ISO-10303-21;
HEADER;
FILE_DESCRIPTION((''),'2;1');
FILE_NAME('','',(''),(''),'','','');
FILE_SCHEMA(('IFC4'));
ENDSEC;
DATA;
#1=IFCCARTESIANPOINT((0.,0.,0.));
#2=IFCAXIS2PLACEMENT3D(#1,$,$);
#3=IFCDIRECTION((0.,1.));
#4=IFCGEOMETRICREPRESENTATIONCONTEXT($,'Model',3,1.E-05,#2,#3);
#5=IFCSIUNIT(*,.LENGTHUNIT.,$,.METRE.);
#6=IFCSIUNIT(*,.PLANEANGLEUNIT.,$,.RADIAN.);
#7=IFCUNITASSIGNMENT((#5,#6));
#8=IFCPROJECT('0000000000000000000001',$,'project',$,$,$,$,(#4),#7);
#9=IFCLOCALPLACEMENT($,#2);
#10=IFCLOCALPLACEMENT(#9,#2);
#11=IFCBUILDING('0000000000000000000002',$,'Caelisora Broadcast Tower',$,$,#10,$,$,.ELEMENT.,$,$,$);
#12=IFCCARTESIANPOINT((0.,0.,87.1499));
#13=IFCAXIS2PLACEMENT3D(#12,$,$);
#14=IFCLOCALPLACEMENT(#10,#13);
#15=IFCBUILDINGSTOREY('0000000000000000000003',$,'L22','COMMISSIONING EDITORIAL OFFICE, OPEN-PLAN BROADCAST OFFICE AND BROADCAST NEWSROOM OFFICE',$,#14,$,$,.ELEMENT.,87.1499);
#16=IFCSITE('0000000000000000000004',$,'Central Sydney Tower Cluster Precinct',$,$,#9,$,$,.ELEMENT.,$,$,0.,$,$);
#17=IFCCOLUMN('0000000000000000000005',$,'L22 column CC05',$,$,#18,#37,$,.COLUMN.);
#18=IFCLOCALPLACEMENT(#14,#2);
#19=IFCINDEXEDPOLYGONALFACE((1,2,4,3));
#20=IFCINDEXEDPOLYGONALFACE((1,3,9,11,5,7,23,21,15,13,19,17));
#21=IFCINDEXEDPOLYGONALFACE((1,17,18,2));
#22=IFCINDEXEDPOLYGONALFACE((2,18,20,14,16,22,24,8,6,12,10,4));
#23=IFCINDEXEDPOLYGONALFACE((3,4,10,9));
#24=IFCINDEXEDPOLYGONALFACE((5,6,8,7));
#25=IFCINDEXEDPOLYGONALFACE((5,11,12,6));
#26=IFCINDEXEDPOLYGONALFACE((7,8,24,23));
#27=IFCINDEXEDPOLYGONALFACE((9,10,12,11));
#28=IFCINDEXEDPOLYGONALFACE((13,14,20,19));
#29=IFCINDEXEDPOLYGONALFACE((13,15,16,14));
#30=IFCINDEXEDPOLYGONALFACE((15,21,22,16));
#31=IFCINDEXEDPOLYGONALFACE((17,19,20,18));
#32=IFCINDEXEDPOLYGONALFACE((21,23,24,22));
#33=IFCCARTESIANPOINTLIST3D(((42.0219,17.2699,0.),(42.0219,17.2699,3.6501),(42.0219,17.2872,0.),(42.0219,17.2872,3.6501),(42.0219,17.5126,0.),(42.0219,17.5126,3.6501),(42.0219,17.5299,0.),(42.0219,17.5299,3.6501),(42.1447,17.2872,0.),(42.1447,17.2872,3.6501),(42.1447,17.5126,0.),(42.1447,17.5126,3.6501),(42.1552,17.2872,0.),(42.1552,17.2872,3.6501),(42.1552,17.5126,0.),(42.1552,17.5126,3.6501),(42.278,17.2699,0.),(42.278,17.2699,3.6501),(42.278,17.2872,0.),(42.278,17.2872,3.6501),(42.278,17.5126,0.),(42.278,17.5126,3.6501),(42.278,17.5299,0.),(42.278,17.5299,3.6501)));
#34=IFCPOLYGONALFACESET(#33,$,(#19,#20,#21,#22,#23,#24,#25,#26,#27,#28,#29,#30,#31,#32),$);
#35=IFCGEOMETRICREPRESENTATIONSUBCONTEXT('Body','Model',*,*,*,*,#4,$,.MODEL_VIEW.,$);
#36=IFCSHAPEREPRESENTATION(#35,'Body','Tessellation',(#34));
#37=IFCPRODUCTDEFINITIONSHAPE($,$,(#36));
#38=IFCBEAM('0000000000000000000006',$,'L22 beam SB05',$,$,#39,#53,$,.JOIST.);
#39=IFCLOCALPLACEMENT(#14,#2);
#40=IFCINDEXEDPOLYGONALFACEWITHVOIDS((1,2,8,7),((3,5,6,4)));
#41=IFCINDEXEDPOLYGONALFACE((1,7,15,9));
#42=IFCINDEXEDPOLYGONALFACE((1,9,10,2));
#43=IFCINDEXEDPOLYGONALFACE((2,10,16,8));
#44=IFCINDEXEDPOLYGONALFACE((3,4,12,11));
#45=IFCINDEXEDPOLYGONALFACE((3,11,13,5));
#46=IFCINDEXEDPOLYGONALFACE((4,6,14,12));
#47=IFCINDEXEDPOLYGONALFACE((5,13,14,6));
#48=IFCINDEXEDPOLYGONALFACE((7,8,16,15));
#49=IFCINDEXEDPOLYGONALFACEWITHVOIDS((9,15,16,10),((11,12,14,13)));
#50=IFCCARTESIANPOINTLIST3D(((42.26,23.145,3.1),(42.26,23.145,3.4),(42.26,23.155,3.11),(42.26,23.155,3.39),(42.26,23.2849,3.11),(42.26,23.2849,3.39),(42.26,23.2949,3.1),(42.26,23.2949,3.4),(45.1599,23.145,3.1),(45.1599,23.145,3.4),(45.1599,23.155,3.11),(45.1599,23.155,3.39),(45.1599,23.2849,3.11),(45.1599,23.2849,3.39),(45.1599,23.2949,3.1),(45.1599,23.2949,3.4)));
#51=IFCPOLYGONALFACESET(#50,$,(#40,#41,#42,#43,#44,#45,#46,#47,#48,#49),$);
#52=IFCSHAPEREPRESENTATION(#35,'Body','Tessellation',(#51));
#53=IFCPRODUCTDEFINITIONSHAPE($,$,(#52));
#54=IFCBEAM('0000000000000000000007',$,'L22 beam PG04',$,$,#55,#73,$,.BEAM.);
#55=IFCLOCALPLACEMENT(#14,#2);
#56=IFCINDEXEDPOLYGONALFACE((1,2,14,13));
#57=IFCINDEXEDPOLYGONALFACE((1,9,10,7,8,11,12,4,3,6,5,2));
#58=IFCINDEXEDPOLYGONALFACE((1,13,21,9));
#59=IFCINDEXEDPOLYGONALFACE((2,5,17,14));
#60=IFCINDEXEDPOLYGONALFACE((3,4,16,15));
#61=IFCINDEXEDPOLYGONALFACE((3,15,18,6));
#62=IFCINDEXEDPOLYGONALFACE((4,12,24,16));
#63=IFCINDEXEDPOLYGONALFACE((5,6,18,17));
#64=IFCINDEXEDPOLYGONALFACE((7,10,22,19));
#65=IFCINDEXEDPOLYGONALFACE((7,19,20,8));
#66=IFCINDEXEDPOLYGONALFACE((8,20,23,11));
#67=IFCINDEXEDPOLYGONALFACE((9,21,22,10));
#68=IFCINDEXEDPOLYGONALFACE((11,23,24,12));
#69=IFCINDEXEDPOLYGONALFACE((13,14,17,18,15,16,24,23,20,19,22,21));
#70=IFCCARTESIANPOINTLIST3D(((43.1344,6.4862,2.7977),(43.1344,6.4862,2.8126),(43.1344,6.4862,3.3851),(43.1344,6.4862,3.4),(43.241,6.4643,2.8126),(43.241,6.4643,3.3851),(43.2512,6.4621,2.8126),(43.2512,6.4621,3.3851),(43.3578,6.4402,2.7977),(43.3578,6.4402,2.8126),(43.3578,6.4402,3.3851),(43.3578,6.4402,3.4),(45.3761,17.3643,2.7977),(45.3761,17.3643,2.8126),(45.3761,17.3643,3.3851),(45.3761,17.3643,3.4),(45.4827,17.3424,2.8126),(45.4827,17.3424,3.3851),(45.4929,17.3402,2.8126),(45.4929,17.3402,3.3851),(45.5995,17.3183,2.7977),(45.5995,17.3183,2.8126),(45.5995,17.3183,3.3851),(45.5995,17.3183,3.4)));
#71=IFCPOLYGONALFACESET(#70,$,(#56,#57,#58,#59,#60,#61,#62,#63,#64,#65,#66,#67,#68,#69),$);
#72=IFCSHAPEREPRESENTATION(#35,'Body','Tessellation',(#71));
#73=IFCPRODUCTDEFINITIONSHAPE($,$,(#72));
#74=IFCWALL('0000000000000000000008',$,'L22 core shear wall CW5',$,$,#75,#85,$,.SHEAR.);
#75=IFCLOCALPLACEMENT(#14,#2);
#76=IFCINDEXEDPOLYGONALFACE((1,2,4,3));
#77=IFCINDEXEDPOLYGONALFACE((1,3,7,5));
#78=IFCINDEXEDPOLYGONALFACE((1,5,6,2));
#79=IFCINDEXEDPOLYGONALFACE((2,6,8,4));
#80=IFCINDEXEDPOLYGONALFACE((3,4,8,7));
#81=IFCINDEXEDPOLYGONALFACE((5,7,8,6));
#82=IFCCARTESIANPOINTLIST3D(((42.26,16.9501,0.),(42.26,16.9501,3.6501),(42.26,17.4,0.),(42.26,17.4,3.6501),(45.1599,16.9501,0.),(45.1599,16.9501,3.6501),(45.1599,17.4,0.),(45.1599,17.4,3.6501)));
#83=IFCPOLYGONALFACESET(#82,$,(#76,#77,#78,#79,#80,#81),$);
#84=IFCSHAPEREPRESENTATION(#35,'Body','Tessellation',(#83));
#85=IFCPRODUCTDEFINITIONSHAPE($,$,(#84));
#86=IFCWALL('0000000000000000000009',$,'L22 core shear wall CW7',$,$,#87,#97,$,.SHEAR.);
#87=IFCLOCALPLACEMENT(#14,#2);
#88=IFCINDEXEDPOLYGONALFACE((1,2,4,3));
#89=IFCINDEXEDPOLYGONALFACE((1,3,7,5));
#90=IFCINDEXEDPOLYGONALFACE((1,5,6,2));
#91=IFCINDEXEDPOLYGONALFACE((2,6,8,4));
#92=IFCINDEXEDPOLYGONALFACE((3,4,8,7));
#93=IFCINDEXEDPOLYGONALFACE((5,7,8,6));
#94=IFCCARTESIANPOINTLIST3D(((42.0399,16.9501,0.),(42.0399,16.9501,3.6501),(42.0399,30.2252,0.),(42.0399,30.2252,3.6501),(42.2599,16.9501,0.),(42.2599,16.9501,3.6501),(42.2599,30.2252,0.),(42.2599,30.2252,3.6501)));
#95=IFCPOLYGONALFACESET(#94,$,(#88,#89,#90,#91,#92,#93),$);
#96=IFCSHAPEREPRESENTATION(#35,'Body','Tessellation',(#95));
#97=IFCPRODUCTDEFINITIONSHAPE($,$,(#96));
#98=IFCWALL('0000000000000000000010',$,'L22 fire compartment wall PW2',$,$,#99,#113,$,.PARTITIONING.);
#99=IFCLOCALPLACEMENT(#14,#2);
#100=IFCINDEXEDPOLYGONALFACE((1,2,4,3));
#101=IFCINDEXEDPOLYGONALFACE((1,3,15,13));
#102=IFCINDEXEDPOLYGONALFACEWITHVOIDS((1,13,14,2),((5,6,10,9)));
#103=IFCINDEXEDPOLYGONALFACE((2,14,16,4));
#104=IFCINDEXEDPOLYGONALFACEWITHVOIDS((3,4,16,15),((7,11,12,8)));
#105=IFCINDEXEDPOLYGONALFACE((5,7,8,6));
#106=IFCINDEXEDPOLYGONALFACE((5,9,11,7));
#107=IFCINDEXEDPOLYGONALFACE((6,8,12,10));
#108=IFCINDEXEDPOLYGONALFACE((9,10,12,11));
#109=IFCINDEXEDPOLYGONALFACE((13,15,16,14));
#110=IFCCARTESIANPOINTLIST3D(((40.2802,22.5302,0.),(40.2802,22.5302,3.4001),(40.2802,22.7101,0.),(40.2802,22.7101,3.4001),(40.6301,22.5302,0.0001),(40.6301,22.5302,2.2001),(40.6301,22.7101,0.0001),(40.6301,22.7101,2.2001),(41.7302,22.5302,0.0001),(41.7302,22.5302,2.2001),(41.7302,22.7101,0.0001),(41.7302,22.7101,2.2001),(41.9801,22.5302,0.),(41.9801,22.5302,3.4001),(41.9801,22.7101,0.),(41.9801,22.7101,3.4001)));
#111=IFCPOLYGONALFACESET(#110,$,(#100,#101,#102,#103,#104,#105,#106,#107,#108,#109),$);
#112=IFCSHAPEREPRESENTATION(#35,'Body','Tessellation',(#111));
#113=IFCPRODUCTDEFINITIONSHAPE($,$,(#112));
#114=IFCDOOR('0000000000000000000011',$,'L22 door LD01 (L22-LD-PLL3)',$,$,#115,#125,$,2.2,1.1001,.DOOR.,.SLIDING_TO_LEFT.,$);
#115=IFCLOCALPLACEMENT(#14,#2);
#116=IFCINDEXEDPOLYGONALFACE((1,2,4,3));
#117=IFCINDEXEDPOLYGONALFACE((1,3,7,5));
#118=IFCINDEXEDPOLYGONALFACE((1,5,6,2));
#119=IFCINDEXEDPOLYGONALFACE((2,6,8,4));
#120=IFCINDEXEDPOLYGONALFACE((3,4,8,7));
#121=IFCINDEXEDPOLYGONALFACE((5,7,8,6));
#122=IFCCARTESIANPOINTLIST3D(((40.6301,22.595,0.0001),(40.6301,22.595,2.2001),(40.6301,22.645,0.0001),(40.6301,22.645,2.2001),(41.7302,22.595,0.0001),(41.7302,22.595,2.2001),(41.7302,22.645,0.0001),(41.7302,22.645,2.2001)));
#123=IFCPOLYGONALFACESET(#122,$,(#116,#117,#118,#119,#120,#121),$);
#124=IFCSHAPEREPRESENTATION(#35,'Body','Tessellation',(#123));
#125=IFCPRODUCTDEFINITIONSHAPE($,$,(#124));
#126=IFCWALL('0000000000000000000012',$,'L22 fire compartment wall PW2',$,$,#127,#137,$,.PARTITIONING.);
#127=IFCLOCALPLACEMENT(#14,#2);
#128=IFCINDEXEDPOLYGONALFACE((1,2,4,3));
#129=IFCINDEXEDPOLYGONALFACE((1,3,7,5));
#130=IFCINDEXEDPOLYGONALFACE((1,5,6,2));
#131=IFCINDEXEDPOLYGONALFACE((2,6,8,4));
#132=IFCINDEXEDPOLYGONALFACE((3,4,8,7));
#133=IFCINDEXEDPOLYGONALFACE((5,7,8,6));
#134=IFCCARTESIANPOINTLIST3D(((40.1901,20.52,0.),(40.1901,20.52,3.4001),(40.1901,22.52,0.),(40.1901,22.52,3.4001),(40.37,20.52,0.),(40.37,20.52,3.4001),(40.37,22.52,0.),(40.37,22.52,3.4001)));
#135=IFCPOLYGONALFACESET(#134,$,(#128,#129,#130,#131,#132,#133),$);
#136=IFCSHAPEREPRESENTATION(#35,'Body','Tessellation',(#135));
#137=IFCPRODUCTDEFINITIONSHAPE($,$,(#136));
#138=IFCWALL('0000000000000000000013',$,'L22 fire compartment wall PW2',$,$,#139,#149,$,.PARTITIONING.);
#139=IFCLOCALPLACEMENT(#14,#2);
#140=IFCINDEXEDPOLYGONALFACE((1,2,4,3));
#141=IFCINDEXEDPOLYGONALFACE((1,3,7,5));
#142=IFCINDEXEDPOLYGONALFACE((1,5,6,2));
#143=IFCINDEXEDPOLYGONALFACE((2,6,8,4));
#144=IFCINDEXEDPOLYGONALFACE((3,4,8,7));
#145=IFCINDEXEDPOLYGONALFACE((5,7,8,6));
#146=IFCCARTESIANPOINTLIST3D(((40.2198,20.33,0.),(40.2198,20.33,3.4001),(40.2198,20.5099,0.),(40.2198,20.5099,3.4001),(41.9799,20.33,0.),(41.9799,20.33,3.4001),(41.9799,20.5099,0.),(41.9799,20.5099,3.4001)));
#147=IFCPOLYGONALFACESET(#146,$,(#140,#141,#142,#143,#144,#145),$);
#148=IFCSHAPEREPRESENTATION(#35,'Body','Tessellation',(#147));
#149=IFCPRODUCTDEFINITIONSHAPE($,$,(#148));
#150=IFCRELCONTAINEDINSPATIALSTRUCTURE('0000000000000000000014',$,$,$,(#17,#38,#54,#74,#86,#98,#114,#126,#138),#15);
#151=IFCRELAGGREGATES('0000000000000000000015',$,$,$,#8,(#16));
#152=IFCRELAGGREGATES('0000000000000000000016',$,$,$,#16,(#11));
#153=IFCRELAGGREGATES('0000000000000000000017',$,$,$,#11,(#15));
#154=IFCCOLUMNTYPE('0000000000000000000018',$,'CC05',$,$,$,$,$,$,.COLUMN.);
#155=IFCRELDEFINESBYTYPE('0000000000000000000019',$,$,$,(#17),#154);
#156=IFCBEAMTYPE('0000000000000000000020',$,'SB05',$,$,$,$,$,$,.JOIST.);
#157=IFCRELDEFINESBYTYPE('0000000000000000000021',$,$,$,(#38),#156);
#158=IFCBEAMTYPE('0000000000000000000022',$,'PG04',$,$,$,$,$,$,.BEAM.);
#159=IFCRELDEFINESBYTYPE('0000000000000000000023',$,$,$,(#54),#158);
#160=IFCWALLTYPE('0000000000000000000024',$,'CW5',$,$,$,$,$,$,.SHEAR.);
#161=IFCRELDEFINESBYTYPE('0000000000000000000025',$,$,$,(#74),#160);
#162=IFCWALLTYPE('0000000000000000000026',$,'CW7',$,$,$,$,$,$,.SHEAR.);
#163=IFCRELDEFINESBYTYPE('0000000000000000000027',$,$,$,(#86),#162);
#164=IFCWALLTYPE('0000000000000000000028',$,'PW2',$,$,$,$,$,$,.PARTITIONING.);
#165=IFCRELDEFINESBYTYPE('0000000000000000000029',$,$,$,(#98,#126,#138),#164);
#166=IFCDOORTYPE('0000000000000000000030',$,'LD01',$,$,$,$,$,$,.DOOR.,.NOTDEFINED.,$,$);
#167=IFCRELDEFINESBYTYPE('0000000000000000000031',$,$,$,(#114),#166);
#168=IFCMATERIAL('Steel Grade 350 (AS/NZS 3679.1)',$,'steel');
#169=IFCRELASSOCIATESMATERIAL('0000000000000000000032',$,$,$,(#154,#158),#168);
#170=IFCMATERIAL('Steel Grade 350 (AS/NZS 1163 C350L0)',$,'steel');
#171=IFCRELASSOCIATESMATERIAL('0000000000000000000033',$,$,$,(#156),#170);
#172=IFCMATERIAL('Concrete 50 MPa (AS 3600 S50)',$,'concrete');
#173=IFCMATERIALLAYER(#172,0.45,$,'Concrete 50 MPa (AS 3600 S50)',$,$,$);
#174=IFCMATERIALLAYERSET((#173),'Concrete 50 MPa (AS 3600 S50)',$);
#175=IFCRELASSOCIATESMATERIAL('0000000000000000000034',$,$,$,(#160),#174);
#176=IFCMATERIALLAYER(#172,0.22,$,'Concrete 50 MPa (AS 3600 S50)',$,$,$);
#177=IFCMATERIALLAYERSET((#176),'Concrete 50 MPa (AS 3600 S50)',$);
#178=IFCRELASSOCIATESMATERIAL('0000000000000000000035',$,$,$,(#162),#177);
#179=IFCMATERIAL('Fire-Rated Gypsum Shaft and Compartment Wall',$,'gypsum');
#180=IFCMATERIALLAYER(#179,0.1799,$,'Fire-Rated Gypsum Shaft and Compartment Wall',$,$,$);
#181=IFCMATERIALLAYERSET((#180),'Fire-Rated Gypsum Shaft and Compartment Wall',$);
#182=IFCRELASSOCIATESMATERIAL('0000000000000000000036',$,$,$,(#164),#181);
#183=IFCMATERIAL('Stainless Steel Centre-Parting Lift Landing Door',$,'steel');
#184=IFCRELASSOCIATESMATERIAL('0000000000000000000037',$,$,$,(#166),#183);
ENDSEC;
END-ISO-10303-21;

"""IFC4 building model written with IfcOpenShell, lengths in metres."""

from ifc_helpers import new_model, si_unit, direction, frame, frame_2d, origin, origin_2d, place, context, subcontext, project, spatial, rectangle, hollow_rectangle, i_section, extrude, source, transform, mapped, material, layer, layer_set, material_profile, profile_set, type_object, type_shapes, element, fill, save


model = new_model("IFC4")

# Units and contexts
model_context = context("Model", 3, precision=1e-05, world=origin(), true_north=direction((0.0, 1.0)))
body_context = subcontext(model_context, "Body", "Model", "MODEL_VIEW")
ifc_project = project(units=[si_unit("LENGTHUNIT", "METRE"), si_unit("PLANEANGLEUNIT", "RADIAN")], contexts=[model_context])

# Site, building, storey
site_placement = place(None, origin())
site = spatial("IfcSite", under=ifc_project, at=site_placement, Name="Central Sydney Tower Cluster Precinct", CompositionType="ELEMENT", RefElevation=0.0)
building_placement = place(site_placement, origin())
building = spatial("IfcBuilding", under=site, at=building_placement, Name="Caelisora Broadcast Tower", CompositionType="ELEMENT")
storey_placement = place(building_placement, frame((0.0, 0.0, 87.1499)))
storey = spatial("IfcBuildingStorey", under=building, at=storey_placement, Name="L22", Description="COMMISSIONING EDITORIAL OFFICE, OPEN-PLAN BROADCAST OFFICE AND BROADCAST NEWSROOM OFFICE", CompositionType="ELEMENT", Elevation=87.1499)

# Column
ifc_material_1 = material(Name="Steel Grade 350 (AS/NZS 3679.1)", Category="steel")
ifc_material_profile_1 = material_profile(ifc_material_1, i_section(OverallWidth=0.2561, OverallDepth=0.26, WebThickness=0.0105, FlangeThickness=0.0173, at=origin_2d()), Name="Steel Grade 350 (AS/NZS 3679.1)")
ifc_profile_set_1 = profile_set([ifc_material_profile_1], Name="Steel Grade 350 (AS/NZS 3679.1)")
column_type = type_object("IfcColumnType", Name="CC05", PredefinedType="COLUMN", material=ifc_profile_set_1)
shared_shape_1 = source(origin(), body_context, "Body", "SweptSolid", [
    extrude(i_section(OverallWidth=0.2561, OverallDepth=0.26, WebThickness=0.0105, FlangeThickness=0.0173, at=origin_2d()), origin(), (0.0, 0.0, 1.0), 3.6501),
])
type_shapes(column_type, [shared_shape_1])
column_placement = place(storey_placement, frame((42.1499, 17.3999, 0.0), z_axis=(0.0, 0.0, 1.0), x_axis=(1.0, 0.0, 0.0)))
element("IfcColumn", 1, at=column_placement, inside=storey, type_object=column_type, Name="L22 column CC05", PredefinedType="COLUMN", context=body_context, shape_type="MappedRepresentation", body=[
    mapped(shared_shape_1, transform((0.0, 0.0, 0.0), scale=1.0)),
])

# Beams
ifc_material_2 = material(Name="Steel Grade 350 (AS/NZS 1163 C350L0)", Category="steel")
ifc_material_profile_2 = material_profile(ifc_material_2, hollow_rectangle(XDim=0.1499, YDim=0.3, WallThickness=0.01, at=origin_2d()), Name="Steel Grade 350 (AS/NZS 1163 C350L0)")
ifc_profile_set_2 = profile_set([ifc_material_profile_2], Name="Steel Grade 350 (AS/NZS 1163 C350L0)")
beam_type_1 = type_object("IfcBeamType", Name="SB05", PredefinedType="JOIST", material=ifc_profile_set_2)
shared_shape_2 = source(origin(), body_context, "Body", "SweptSolid", [
    extrude(hollow_rectangle(XDim=0.1499, YDim=0.3, WallThickness=0.01, at=origin_2d()), origin(), (0.0, 0.0, 1.0), 2.8999),
])
type_shapes(beam_type_1, [shared_shape_2])
beam_1_placement = place(storey_placement, frame((42.26, 23.22, 3.25), z_axis=(1.0, 0.0, 0.0), x_axis=(0.0, 1.0, 0.0)))
element("IfcBeam", 2, at=beam_1_placement, inside=storey, type_object=beam_type_1, Name="L22 beam SB05", PredefinedType="JOIST", context=body_context, shape_type="MappedRepresentation", body=[
    mapped(shared_shape_2, transform((0.0, 0.0, 0.0), scale=1.0)),
])
ifc_material_profile_3 = material_profile(ifc_material_1, i_section(OverallWidth=0.228, OverallDepth=0.6023, WebThickness=0.0105, FlangeThickness=0.0149, at=origin_2d()), Name="Steel Grade 350 (AS/NZS 3679.1)")
ifc_profile_set_3 = profile_set([ifc_material_profile_3], Name="Steel Grade 350 (AS/NZS 3679.1)")
beam_type_2 = type_object("IfcBeamType", Name="PG04", PredefinedType="BEAM", material=ifc_profile_set_3)
shared_shape_3 = source(origin(), body_context, "Body", "SweptSolid", [
    extrude(i_section(OverallWidth=0.228, OverallDepth=0.6023, WebThickness=0.0105, FlangeThickness=0.0149, at=origin_2d()), origin(), (0.0, 0.0, 1.0), 11.1067),
])
type_shapes(beam_type_2, [shared_shape_3])
beam_2_placement = place(storey_placement, frame((45.4878, 17.3413, 3.0989), z_axis=(-0.201832, -0.97942, 0.0), x_axis=(0.97942, -0.201832, 0.0)))
element("IfcBeam", 3, at=beam_2_placement, inside=storey, type_object=beam_type_2, Name="L22 beam PG04", PredefinedType="BEAM", context=body_context, shape_type="MappedRepresentation", body=[
    mapped(shared_shape_3, transform((0.0, 0.0, 0.0), scale=1.0)),
])

# Shared definitions
ifc_material_3 = material(Name="Concrete 50 MPa (AS 3600 S50)", Category="concrete")

# Walls
ifc_layer_1 = layer(ifc_material_3, 0.45, Name="Concrete 50 MPa (AS 3600 S50)")
ifc_layer_set_1 = layer_set([ifc_layer_1], Name="Concrete 50 MPa (AS 3600 S50)")
wall_type_1 = type_object("IfcWallType", Name="CW5", PredefinedType="SHEAR", material=ifc_layer_set_1)
wall_1_placement = place(storey_placement, frame((42.26, 17.175, 0.0), z_axis=(0.0, 0.0, 1.0), x_axis=(1.0, 0.0, 0.0)))
element("IfcWall", 4, at=wall_1_placement, inside=storey, type_object=wall_type_1, Name="L22 core shear wall CW5", PredefinedType="SHEAR", context=body_context, shape_type="SweptSolid", body=[
    extrude(rectangle(XDim=2.8999, YDim=0.45, at=frame_2d((1.45, 0.0))), origin(), (0.0, 0.0, 1.0), 3.6501),
])
ifc_layer_2 = layer(ifc_material_3, 0.22, Name="Concrete 50 MPa (AS 3600 S50)")
ifc_layer_set_2 = layer_set([ifc_layer_2], Name="Concrete 50 MPa (AS 3600 S50)")
wall_type_2 = type_object("IfcWallType", Name="CW7", PredefinedType="SHEAR", material=ifc_layer_set_2)
wall_2_placement = place(storey_placement, frame((42.1499, 16.95, 0.0), z_axis=(0.0, 0.0, 1.0), x_axis=(0.0, 1.0, 0.0)))
element("IfcWall", 5, at=wall_2_placement, inside=storey, type_object=wall_type_2, Name="L22 core shear wall CW7", PredefinedType="SHEAR", context=body_context, shape_type="SweptSolid", body=[
    extrude(rectangle(XDim=13.2751, YDim=0.22, at=frame_2d((6.6377, 0.0))), origin(), (0.0, 0.0, 1.0), 3.6501),
])

# Wall, opening, door
ifc_material_4 = material(Name="Fire-Rated Gypsum Shaft and Compartment Wall", Category="gypsum")
ifc_layer_3 = layer(ifc_material_4, 0.1799, Name="Fire-Rated Gypsum Shaft and Compartment Wall")
ifc_layer_set_3 = layer_set([ifc_layer_3], Name="Fire-Rated Gypsum Shaft and Compartment Wall")
wall_type_3 = type_object("IfcWallType", Name="PW2", PredefinedType="PARTITIONING", material=ifc_layer_set_3)
wall_3_placement = place(storey_placement, frame((40.28, 22.6201, 0.0), z_axis=(0.0, 0.0, 1.0), x_axis=(1.0, 0.0, 0.0)))
wall_3 = element("IfcWall", 6, at=wall_3_placement, inside=storey, type_object=wall_type_3, Name="L22 fire compartment wall PW2", PredefinedType="PARTITIONING", context=body_context, shape_type="SweptSolid", body=[
    extrude(rectangle(XDim=1.7, YDim=0.1799, at=frame_2d((0.8501, 0.0))), origin(), (0.0, 0.0, 1.0), 3.4001),
])
opening_1_placement = place(wall_3_placement, frame((0.3501, 0.0, 0.0)))
opening_1 = element("IfcOpeningElement", 7, at=opening_1_placement, cuts=wall_3, PredefinedType="OPENING", context=body_context, shape_type="SweptSolid", body=[
    extrude(rectangle(XDim=1.1001, YDim=2.2, at=frame_2d((0.55, 1.1001))), frame((0.0, 0.1021, 0.0), z_axis=(0.0, -1.0, 0.0), x_axis=(1.0, 0.0, 0.0)), (0.0, 0.0, 1.0), 0.2039),
])
ifc_material_5 = material(Name="Stainless Steel Centre-Parting Lift Landing Door", Category="steel")
door_type_1 = type_object("IfcDoorType", Name="LD01", OperationType="NOTDEFINED", PredefinedType="DOOR", material=ifc_material_5)
door_1_placement = place(opening_1_placement, origin())
door_1 = element("IfcDoor", 8, at=door_1_placement, inside=storey, type_object=door_type_1, Name="L22 door LD01 (L22-LD-PLL3)", OperationType="SLIDING_TO_LEFT", OverallHeight=2.2, OverallWidth=1.1001, PredefinedType="DOOR", context=body_context, shape_type="SweptSolid", body=[
    extrude(rectangle(XDim=1.1001, YDim=2.2, at=frame_2d((0.55, 1.1001))), frame((0.0, 0.0249, 0.0), z_axis=(0.0, -1.0, 0.0), x_axis=(1.0, 0.0, 0.0)), (0.0, 0.0, 1.0), 0.05),
])
fill(opening_1, door_1)

# Walls
wall_4_placement = place(storey_placement, frame((40.28, 20.52, 0.0), z_axis=(0.0, 0.0, 1.0), x_axis=(0.0, 1.0, 0.0)))
element("IfcWall", 9, at=wall_4_placement, inside=storey, type_object=wall_type_3, Name="L22 fire compartment wall PW2", PredefinedType="PARTITIONING", context=body_context, shape_type="SweptSolid", body=[
    extrude(rectangle(XDim=2.0, YDim=0.1799, at=frame_2d((1.0, 0.0))), origin(), (0.0, 0.0, 1.0), 3.4001),
])
wall_5_placement = place(storey_placement, frame((40.22, 20.4199, 0.0), z_axis=(0.0, 0.0, 1.0), x_axis=(1.0, 0.0, 0.0)))
element("IfcWall", 10, at=wall_5_placement, inside=storey, type_object=wall_type_3, Name="L22 fire compartment wall PW2", PredefinedType="PARTITIONING", context=body_context, shape_type="SweptSolid", body=[
    extrude(rectangle(XDim=1.76, YDim=0.1799, at=frame_2d((0.8799, 0.0))), origin(), (0.0, 0.0, 1.0), 3.4001),
])

save(model, "model.ifc")
